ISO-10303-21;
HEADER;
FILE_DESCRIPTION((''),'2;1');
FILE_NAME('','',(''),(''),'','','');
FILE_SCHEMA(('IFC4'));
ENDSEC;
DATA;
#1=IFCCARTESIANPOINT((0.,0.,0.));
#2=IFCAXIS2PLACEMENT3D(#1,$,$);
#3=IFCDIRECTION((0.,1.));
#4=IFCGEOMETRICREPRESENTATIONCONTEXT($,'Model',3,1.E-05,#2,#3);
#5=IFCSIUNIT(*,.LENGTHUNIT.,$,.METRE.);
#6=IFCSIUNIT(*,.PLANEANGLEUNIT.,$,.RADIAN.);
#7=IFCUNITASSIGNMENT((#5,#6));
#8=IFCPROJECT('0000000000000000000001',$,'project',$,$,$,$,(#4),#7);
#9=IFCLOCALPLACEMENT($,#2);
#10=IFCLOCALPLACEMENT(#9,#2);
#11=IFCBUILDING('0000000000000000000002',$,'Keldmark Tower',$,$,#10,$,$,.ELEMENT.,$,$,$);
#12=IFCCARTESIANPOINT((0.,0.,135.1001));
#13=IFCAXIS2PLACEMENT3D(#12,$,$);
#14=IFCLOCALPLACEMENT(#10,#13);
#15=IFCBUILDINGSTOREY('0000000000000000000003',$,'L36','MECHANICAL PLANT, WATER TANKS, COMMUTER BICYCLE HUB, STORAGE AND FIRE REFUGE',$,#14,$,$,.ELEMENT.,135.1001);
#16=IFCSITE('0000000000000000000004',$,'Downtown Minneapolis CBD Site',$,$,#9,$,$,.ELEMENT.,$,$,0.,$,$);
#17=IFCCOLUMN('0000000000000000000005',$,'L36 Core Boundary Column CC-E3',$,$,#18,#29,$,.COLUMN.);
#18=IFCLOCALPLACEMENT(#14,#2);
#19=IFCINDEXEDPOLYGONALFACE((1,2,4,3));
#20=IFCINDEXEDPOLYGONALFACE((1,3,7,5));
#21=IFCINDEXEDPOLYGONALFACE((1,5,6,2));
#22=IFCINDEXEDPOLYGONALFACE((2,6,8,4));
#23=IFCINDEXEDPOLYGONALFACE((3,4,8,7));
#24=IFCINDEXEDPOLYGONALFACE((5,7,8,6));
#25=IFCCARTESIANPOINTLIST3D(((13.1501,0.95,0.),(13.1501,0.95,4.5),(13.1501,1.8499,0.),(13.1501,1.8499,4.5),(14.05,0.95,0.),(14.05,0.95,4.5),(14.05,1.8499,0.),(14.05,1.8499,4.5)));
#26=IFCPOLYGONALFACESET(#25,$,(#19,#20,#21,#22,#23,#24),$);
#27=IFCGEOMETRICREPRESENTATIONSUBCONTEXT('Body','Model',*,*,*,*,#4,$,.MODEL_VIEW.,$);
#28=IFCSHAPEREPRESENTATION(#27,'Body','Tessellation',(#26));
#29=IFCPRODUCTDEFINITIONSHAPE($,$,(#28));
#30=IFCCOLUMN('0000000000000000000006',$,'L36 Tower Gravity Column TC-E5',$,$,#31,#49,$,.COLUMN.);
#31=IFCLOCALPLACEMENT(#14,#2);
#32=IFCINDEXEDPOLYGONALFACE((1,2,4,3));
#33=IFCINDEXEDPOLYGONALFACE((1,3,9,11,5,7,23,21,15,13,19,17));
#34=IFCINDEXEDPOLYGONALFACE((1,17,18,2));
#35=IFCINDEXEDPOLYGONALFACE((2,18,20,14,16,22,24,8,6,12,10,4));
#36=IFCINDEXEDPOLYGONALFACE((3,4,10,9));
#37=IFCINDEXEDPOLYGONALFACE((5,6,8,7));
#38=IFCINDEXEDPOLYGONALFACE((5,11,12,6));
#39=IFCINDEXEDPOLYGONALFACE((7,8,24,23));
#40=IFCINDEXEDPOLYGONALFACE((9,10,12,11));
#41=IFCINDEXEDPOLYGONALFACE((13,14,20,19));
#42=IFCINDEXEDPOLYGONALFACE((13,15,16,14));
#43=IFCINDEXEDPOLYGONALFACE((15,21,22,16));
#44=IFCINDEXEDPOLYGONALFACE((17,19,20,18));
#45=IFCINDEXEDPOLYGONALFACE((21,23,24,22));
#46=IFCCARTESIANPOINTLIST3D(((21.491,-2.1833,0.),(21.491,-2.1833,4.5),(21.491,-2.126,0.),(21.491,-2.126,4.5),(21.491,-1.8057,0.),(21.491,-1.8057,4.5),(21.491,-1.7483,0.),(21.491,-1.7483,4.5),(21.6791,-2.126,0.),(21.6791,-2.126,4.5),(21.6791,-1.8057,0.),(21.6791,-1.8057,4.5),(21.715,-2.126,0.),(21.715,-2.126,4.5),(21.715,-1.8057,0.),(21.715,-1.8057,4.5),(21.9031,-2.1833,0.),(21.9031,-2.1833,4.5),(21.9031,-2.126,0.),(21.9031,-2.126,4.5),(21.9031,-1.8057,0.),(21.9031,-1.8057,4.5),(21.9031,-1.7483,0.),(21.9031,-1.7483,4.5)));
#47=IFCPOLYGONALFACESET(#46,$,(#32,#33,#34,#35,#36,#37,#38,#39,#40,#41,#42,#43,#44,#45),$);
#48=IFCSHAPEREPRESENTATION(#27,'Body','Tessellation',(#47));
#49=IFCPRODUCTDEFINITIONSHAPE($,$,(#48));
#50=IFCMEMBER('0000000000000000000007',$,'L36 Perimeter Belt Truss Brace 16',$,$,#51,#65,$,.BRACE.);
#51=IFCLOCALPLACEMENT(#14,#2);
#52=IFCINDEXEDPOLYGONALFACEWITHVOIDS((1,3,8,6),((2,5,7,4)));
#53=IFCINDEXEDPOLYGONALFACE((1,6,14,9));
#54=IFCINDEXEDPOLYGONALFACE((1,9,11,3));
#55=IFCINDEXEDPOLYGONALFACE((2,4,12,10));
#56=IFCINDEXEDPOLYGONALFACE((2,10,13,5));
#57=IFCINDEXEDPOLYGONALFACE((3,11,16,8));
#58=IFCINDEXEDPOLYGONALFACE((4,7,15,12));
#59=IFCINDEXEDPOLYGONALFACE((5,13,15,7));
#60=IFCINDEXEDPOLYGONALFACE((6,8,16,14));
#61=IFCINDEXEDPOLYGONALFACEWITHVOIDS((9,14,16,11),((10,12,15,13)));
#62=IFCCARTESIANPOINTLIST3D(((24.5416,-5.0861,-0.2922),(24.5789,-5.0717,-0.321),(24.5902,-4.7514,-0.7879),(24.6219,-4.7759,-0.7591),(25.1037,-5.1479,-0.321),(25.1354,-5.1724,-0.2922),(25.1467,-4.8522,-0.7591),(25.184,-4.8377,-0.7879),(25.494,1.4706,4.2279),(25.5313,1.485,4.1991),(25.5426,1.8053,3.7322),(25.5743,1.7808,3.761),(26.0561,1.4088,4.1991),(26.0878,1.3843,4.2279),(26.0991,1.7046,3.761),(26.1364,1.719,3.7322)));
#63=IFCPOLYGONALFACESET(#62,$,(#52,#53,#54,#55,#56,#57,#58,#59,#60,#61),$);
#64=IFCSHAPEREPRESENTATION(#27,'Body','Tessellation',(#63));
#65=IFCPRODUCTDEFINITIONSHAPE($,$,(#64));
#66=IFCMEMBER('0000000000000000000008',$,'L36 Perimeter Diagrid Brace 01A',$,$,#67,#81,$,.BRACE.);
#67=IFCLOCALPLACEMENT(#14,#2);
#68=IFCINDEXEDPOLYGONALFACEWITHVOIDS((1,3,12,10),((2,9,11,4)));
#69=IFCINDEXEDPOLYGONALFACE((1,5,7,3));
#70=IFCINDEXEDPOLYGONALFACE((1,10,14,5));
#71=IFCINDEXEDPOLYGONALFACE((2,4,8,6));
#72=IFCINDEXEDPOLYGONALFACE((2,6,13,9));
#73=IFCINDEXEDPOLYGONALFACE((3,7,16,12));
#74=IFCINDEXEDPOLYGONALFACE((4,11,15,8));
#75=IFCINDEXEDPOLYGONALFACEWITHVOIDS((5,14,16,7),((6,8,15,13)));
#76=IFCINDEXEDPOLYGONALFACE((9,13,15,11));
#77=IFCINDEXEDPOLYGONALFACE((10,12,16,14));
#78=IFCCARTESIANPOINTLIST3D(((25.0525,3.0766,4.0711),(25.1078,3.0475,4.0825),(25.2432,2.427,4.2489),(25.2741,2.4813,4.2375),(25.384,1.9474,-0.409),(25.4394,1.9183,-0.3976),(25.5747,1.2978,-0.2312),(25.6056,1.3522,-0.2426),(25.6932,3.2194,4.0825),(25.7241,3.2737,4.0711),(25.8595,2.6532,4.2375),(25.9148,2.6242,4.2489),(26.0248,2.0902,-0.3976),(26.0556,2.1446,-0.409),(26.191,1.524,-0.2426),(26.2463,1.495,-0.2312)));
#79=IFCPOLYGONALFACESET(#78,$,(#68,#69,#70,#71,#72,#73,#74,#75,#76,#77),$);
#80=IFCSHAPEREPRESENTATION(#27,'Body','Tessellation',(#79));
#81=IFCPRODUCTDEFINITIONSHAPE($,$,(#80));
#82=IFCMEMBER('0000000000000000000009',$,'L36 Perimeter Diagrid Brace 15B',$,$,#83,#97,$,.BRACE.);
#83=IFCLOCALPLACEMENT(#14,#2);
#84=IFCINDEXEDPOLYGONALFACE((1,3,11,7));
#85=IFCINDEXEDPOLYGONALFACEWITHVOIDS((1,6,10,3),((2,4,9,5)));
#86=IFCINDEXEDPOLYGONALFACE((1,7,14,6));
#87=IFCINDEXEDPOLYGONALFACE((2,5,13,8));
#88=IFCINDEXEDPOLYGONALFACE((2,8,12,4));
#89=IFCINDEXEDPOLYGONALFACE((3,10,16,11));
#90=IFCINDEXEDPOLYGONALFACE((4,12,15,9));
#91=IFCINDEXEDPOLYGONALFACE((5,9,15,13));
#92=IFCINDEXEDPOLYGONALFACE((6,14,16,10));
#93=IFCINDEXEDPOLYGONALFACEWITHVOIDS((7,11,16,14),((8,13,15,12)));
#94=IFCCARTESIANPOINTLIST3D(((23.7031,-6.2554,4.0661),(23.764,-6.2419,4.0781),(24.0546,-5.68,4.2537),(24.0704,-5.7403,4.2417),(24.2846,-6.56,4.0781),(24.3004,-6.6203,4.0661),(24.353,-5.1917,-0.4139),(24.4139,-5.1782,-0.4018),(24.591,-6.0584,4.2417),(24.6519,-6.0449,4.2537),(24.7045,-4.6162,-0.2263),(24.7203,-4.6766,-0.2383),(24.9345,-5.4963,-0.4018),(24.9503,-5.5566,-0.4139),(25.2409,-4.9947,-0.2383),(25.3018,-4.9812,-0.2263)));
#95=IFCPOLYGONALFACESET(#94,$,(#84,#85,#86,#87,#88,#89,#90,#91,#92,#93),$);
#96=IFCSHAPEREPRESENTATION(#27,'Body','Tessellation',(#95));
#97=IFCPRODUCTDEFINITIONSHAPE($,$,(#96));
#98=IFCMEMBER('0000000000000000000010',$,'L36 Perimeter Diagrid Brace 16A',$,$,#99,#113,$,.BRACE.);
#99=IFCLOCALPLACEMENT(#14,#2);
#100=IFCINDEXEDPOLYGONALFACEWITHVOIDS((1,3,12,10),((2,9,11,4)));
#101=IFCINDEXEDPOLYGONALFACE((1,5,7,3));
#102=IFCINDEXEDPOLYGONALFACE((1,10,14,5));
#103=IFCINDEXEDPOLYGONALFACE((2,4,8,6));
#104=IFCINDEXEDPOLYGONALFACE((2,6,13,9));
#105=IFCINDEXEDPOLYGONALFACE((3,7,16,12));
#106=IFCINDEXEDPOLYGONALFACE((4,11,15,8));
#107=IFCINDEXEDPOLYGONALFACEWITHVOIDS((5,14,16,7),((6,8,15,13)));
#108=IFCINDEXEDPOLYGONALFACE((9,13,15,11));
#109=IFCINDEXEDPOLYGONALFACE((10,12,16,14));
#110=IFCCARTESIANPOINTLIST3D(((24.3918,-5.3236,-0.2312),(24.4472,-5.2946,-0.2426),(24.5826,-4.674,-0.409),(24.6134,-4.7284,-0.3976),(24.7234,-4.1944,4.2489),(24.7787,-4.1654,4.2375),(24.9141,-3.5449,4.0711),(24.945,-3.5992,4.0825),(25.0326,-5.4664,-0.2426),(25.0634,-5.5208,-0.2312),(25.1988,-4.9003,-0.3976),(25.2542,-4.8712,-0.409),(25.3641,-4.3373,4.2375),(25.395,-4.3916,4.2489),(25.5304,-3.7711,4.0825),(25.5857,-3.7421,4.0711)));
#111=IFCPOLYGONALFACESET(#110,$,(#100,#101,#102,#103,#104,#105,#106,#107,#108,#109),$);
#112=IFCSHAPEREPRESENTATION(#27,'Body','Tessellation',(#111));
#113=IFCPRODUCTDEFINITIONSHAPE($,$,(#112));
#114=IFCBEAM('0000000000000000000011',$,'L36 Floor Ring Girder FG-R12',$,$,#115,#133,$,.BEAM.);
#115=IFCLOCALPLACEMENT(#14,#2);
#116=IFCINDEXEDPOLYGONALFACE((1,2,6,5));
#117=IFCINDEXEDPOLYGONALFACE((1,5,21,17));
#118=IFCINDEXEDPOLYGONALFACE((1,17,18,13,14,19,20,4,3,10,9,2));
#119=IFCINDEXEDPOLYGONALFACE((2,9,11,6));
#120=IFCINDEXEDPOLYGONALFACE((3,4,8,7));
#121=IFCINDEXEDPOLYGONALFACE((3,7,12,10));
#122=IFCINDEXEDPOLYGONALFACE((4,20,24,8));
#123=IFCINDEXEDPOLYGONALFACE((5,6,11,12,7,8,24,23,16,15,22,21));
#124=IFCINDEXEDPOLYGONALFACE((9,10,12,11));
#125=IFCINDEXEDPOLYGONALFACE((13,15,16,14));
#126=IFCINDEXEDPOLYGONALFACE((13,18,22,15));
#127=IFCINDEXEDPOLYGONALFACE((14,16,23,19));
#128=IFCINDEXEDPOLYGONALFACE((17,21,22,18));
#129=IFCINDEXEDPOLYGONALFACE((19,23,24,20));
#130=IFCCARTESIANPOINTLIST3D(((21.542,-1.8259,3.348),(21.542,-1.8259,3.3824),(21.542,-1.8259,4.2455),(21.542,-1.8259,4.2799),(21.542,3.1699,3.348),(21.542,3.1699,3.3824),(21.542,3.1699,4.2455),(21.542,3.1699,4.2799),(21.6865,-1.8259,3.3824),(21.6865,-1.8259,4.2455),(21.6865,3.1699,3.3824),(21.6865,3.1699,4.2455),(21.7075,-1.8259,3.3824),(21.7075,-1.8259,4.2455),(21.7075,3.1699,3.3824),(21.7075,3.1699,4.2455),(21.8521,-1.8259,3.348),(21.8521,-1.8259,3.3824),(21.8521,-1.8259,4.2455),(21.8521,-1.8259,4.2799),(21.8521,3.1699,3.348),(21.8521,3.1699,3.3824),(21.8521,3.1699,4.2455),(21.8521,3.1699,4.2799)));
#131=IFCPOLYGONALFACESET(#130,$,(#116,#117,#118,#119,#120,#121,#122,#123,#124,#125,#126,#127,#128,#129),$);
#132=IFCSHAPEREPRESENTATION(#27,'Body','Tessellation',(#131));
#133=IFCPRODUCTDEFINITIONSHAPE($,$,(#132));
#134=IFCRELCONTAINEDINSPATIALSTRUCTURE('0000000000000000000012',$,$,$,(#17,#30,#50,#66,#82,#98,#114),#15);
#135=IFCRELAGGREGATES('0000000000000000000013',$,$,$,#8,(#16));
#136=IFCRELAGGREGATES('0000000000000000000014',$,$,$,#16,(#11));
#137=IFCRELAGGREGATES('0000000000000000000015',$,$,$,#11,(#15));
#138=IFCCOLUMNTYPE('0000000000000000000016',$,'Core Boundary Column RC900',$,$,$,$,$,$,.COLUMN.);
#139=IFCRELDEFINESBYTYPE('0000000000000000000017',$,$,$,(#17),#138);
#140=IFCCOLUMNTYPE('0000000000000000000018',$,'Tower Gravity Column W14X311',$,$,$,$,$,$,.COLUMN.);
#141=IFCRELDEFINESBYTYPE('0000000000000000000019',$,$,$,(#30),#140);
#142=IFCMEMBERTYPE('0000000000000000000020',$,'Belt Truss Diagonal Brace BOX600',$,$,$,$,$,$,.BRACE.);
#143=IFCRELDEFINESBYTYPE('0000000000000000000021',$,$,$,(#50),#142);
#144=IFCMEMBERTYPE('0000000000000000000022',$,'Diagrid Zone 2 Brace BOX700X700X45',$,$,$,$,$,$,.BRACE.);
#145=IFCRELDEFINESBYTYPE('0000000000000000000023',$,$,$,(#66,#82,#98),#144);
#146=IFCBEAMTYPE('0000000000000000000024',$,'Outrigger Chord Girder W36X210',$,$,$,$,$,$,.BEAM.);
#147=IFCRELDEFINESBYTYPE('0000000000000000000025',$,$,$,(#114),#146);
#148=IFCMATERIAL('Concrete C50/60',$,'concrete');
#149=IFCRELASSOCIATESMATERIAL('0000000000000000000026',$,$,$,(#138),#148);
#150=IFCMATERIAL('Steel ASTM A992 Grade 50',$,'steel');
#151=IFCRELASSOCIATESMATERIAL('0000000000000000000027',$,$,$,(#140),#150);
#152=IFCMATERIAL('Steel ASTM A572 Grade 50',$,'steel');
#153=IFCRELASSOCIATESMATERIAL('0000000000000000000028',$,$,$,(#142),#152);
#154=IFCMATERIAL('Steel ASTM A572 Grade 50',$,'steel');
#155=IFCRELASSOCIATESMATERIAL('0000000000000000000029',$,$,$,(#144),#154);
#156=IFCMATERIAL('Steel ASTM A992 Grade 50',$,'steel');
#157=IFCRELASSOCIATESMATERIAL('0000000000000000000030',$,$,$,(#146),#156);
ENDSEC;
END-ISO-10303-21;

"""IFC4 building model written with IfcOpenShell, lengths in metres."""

from ifc_helpers import new_model, si_unit, direction, frame, origin, origin_2d, place, context, subcontext, project, spatial, rectangle, hollow_rectangle, i_section, extrude, material, material_profile, profile_set, type_object, element, save


model = new_model("IFC4")

# Units and contexts
model_context = context("Model", 3, precision=1e-05, world=origin(), true_north=direction((0.0, 1.0)))
body_context = subcontext(model_context, "Body", "Model", "MODEL_VIEW")
ifc_project = project(units=[si_unit("LENGTHUNIT", "METRE"), si_unit("PLANEANGLEUNIT", "RADIAN")], contexts=[model_context])

# Site, building, storey
site_placement = place(None, origin())
site = spatial("IfcSite", under=ifc_project, at=site_placement, Name="Downtown Minneapolis CBD Site", CompositionType="ELEMENT", RefElevation=0.0)
building_placement = place(site_placement, origin())
building = spatial("IfcBuilding", under=site, at=building_placement, Name="Keldmark Tower", CompositionType="ELEMENT")
storey_placement = place(building_placement, frame((0.0, 0.0, 135.1001)))
storey = spatial("IfcBuildingStorey", under=building, at=storey_placement, Name="L36", Description="MECHANICAL PLANT, WATER TANKS, COMMUTER BICYCLE HUB, STORAGE AND FIRE REFUGE", CompositionType="ELEMENT", Elevation=135.1001)

# Columns
ifc_material_1 = material(Name="Concrete C50/60", Category="concrete")
ifc_material_profile_1 = material_profile(ifc_material_1, rectangle(XDim=0.8999, YDim=0.8999, at=origin_2d()), Name="RC900X900")
ifc_profile_set_1 = profile_set([ifc_material_profile_1], Name="Concrete C50/60")
column_type_1 = type_object("IfcColumnType", Name="Core Boundary Column RC900", PredefinedType="COLUMN", material=ifc_profile_set_1)
column_1_placement = place(storey_placement, frame((13.6001, 1.3999, 0.0), z_axis=(0.0, 0.0, 1.0), x_axis=(1.0, 0.0, 0.0)))
element("IfcColumn", 1, at=column_1_placement, inside=storey, type_object=column_type_1, Name="L36 Core Boundary Column CC-E3", PredefinedType="COLUMN", context=body_context, shape_type="SweptSolid", body=[
    extrude(rectangle(XDim=0.8999, YDim=0.8999, at=origin_2d()), origin(), (0.0, 0.0, 1.0), 4.5),
])
ifc_material_2 = material(Name="Steel ASTM A992 Grade 50", Category="steel")
ifc_material_profile_2 = material_profile(ifc_material_2, i_section(OverallWidth=0.4121, OverallDepth=0.4351, WebThickness=0.0359, FlangeThickness=0.0574, at=origin_2d()), Name="W14X311")
ifc_profile_set_2 = profile_set([ifc_material_profile_2], Name="Steel ASTM A992 Grade 50")
column_type_2 = type_object("IfcColumnType", Name="Tower Gravity Column W14X311", PredefinedType="COLUMN", material=ifc_profile_set_2)
column_2_placement = place(storey_placement, frame((21.697, -1.9658, 0.0), z_axis=(0.0, 0.0, 1.0), x_axis=(1.0, 0.0, 0.0)))
element("IfcColumn", 2, at=column_2_placement, inside=storey, type_object=column_type_2, Name="L36 Tower Gravity Column TC-E5", PredefinedType="COLUMN", context=body_context, shape_type="SweptSolid", body=[
    extrude(i_section(OverallWidth=0.4121, OverallDepth=0.4351, WebThickness=0.0359, FlangeThickness=0.0574, at=origin_2d()), origin(), (0.0, 0.0, 1.0), 4.5),
])

# Members
ifc_material_3 = material(Name="Steel ASTM A572 Grade 50", Category="steel")
ifc_material_profile_3 = material_profile(ifc_material_3, hollow_rectangle(XDim=0.6001, YDim=0.6001, WallThickness=0.0349, at=origin_2d()), Name="BOX600X600X35")
ifc_profile_set_3 = profile_set([ifc_material_profile_3], Name="Steel ASTM A572 Grade 50")
member_type_1 = type_object("IfcMemberType", Name="Belt Truss Diagonal Brace BOX600", PredefinedType="BRACE", material=ifc_profile_set_3)
member_1_placement = place(storey_placement, frame((24.8628, -4.9619, -0.54), z_axis=(0.118746, 0.817493, 0.563564), x_axis=(-0.989614, 0.143748, 0.0)))
element("IfcMember", 3, at=member_1_placement, inside=storey, type_object=member_type_1, Name="L36 Perimeter Belt Truss Brace 16", PredefinedType="BRACE", context=body_context, shape_type="SweptSolid", body=[
    extrude(hollow_rectangle(XDim=0.6001, YDim=0.6001, WallThickness=0.0349, at=origin_2d()), origin(), (0.0, 0.0, 1.0), 8.0205),
])
ifc_material_4 = material(Name="Steel ASTM A572 Grade 50", Category="steel")
ifc_material_profile_4 = material_profile(ifc_material_4, hollow_rectangle(XDim=0.7, YDim=0.7, WallThickness=0.0449, at=origin_2d()), Name="BOX700X700X45")
ifc_profile_set_4 = profile_set([ifc_material_profile_4], Name="Steel ASTM A572 Grade 50")
member_type_2 = type_object("IfcMemberType", Name="Diagrid Zone 2 Brace BOX700X700X45", PredefinedType="BRACE", material=ifc_profile_set_4)
member_2_placement = place(storey_placement, frame((25.8152, 1.7212, -0.3201), z_axis=(-0.071577, 0.243773, 0.967187), x_axis=(-0.959494, -0.281728, 0.0)))
element("IfcMember", 4, at=member_2_placement, inside=storey, type_object=member_type_2, Name="L36 Perimeter Diagrid Brace 01A", PredefinedType="BRACE", context=body_context, shape_type="SweptSolid", body=[
    extrude(hollow_rectangle(XDim=0.7, YDim=0.7, WallThickness=0.0449, at=origin_2d()), origin(), (0.0, 0.0, 1.0), 4.6321),
])
member_3_placement = place(storey_placement, frame((24.8274, -5.0864, -0.3201), z_axis=(-0.139759, -0.228749, 0.963401), x_axis=(0.853335, -0.521363, 0.0)))
element("IfcMember", 5, at=member_3_placement, inside=storey, type_object=member_type_2, Name="L36 Perimeter Diagrid Brace 15B", PredefinedType="BRACE", context=body_context, shape_type="SweptSolid", body=[
    extrude(hollow_rectangle(XDim=0.7, YDim=0.7, WallThickness=0.0449, at=origin_2d()), origin(), (0.0, 0.0, 1.0), 4.6501),
])
member_4_placement = place(storey_placement, frame((24.823, -5.0974, -0.3201), z_axis=(0.071577, 0.243773, 0.967187), x_axis=(-0.959494, 0.281728, 0.0)))
element("IfcMember", 6, at=member_4_placement, inside=storey, type_object=member_type_2, Name="L36 Perimeter Diagrid Brace 16A", PredefinedType="BRACE", context=body_context, shape_type="SweptSolid", body=[
    extrude(hollow_rectangle(XDim=0.7, YDim=0.7, WallThickness=0.0449, at=origin_2d()), origin(), (0.0, 0.0, 1.0), 4.6321),
])

# Beam
ifc_material_5 = material(Name="Steel ASTM A992 Grade 50", Category="steel")
ifc_material_profile_5 = material_profile(ifc_material_5, i_section(OverallWidth=0.3101, OverallDepth=0.9319, WebThickness=0.021, FlangeThickness=0.0344, at=origin_2d()), Name="W36X210")
ifc_profile_set_5 = profile_set([ifc_material_profile_5], Name="Steel ASTM A992 Grade 50")
beam_type_1 = type_object("IfcBeamType", Name="Outrigger Chord Girder W36X210", PredefinedType="BEAM", material=ifc_profile_set_5)
beam_1_placement = place(storey_placement, frame((21.697, -1.8259, 3.814), z_axis=(0.0, 1.0, 0.0), x_axis=(-1.0, 0.0, 0.0)))
element("IfcBeam", 7, at=beam_1_placement, inside=storey, type_object=beam_type_1, Name="L36 Floor Ring Girder FG-R12", PredefinedType="BEAM", context=body_context, shape_type="SweptSolid", body=[
    extrude(i_section(OverallWidth=0.3101, OverallDepth=0.9319, WebThickness=0.021, FlangeThickness=0.0344, at=origin_2d()), origin(), (0.0, 0.0, 1.0), 4.9958),
])

save(model, "model.ifc")
